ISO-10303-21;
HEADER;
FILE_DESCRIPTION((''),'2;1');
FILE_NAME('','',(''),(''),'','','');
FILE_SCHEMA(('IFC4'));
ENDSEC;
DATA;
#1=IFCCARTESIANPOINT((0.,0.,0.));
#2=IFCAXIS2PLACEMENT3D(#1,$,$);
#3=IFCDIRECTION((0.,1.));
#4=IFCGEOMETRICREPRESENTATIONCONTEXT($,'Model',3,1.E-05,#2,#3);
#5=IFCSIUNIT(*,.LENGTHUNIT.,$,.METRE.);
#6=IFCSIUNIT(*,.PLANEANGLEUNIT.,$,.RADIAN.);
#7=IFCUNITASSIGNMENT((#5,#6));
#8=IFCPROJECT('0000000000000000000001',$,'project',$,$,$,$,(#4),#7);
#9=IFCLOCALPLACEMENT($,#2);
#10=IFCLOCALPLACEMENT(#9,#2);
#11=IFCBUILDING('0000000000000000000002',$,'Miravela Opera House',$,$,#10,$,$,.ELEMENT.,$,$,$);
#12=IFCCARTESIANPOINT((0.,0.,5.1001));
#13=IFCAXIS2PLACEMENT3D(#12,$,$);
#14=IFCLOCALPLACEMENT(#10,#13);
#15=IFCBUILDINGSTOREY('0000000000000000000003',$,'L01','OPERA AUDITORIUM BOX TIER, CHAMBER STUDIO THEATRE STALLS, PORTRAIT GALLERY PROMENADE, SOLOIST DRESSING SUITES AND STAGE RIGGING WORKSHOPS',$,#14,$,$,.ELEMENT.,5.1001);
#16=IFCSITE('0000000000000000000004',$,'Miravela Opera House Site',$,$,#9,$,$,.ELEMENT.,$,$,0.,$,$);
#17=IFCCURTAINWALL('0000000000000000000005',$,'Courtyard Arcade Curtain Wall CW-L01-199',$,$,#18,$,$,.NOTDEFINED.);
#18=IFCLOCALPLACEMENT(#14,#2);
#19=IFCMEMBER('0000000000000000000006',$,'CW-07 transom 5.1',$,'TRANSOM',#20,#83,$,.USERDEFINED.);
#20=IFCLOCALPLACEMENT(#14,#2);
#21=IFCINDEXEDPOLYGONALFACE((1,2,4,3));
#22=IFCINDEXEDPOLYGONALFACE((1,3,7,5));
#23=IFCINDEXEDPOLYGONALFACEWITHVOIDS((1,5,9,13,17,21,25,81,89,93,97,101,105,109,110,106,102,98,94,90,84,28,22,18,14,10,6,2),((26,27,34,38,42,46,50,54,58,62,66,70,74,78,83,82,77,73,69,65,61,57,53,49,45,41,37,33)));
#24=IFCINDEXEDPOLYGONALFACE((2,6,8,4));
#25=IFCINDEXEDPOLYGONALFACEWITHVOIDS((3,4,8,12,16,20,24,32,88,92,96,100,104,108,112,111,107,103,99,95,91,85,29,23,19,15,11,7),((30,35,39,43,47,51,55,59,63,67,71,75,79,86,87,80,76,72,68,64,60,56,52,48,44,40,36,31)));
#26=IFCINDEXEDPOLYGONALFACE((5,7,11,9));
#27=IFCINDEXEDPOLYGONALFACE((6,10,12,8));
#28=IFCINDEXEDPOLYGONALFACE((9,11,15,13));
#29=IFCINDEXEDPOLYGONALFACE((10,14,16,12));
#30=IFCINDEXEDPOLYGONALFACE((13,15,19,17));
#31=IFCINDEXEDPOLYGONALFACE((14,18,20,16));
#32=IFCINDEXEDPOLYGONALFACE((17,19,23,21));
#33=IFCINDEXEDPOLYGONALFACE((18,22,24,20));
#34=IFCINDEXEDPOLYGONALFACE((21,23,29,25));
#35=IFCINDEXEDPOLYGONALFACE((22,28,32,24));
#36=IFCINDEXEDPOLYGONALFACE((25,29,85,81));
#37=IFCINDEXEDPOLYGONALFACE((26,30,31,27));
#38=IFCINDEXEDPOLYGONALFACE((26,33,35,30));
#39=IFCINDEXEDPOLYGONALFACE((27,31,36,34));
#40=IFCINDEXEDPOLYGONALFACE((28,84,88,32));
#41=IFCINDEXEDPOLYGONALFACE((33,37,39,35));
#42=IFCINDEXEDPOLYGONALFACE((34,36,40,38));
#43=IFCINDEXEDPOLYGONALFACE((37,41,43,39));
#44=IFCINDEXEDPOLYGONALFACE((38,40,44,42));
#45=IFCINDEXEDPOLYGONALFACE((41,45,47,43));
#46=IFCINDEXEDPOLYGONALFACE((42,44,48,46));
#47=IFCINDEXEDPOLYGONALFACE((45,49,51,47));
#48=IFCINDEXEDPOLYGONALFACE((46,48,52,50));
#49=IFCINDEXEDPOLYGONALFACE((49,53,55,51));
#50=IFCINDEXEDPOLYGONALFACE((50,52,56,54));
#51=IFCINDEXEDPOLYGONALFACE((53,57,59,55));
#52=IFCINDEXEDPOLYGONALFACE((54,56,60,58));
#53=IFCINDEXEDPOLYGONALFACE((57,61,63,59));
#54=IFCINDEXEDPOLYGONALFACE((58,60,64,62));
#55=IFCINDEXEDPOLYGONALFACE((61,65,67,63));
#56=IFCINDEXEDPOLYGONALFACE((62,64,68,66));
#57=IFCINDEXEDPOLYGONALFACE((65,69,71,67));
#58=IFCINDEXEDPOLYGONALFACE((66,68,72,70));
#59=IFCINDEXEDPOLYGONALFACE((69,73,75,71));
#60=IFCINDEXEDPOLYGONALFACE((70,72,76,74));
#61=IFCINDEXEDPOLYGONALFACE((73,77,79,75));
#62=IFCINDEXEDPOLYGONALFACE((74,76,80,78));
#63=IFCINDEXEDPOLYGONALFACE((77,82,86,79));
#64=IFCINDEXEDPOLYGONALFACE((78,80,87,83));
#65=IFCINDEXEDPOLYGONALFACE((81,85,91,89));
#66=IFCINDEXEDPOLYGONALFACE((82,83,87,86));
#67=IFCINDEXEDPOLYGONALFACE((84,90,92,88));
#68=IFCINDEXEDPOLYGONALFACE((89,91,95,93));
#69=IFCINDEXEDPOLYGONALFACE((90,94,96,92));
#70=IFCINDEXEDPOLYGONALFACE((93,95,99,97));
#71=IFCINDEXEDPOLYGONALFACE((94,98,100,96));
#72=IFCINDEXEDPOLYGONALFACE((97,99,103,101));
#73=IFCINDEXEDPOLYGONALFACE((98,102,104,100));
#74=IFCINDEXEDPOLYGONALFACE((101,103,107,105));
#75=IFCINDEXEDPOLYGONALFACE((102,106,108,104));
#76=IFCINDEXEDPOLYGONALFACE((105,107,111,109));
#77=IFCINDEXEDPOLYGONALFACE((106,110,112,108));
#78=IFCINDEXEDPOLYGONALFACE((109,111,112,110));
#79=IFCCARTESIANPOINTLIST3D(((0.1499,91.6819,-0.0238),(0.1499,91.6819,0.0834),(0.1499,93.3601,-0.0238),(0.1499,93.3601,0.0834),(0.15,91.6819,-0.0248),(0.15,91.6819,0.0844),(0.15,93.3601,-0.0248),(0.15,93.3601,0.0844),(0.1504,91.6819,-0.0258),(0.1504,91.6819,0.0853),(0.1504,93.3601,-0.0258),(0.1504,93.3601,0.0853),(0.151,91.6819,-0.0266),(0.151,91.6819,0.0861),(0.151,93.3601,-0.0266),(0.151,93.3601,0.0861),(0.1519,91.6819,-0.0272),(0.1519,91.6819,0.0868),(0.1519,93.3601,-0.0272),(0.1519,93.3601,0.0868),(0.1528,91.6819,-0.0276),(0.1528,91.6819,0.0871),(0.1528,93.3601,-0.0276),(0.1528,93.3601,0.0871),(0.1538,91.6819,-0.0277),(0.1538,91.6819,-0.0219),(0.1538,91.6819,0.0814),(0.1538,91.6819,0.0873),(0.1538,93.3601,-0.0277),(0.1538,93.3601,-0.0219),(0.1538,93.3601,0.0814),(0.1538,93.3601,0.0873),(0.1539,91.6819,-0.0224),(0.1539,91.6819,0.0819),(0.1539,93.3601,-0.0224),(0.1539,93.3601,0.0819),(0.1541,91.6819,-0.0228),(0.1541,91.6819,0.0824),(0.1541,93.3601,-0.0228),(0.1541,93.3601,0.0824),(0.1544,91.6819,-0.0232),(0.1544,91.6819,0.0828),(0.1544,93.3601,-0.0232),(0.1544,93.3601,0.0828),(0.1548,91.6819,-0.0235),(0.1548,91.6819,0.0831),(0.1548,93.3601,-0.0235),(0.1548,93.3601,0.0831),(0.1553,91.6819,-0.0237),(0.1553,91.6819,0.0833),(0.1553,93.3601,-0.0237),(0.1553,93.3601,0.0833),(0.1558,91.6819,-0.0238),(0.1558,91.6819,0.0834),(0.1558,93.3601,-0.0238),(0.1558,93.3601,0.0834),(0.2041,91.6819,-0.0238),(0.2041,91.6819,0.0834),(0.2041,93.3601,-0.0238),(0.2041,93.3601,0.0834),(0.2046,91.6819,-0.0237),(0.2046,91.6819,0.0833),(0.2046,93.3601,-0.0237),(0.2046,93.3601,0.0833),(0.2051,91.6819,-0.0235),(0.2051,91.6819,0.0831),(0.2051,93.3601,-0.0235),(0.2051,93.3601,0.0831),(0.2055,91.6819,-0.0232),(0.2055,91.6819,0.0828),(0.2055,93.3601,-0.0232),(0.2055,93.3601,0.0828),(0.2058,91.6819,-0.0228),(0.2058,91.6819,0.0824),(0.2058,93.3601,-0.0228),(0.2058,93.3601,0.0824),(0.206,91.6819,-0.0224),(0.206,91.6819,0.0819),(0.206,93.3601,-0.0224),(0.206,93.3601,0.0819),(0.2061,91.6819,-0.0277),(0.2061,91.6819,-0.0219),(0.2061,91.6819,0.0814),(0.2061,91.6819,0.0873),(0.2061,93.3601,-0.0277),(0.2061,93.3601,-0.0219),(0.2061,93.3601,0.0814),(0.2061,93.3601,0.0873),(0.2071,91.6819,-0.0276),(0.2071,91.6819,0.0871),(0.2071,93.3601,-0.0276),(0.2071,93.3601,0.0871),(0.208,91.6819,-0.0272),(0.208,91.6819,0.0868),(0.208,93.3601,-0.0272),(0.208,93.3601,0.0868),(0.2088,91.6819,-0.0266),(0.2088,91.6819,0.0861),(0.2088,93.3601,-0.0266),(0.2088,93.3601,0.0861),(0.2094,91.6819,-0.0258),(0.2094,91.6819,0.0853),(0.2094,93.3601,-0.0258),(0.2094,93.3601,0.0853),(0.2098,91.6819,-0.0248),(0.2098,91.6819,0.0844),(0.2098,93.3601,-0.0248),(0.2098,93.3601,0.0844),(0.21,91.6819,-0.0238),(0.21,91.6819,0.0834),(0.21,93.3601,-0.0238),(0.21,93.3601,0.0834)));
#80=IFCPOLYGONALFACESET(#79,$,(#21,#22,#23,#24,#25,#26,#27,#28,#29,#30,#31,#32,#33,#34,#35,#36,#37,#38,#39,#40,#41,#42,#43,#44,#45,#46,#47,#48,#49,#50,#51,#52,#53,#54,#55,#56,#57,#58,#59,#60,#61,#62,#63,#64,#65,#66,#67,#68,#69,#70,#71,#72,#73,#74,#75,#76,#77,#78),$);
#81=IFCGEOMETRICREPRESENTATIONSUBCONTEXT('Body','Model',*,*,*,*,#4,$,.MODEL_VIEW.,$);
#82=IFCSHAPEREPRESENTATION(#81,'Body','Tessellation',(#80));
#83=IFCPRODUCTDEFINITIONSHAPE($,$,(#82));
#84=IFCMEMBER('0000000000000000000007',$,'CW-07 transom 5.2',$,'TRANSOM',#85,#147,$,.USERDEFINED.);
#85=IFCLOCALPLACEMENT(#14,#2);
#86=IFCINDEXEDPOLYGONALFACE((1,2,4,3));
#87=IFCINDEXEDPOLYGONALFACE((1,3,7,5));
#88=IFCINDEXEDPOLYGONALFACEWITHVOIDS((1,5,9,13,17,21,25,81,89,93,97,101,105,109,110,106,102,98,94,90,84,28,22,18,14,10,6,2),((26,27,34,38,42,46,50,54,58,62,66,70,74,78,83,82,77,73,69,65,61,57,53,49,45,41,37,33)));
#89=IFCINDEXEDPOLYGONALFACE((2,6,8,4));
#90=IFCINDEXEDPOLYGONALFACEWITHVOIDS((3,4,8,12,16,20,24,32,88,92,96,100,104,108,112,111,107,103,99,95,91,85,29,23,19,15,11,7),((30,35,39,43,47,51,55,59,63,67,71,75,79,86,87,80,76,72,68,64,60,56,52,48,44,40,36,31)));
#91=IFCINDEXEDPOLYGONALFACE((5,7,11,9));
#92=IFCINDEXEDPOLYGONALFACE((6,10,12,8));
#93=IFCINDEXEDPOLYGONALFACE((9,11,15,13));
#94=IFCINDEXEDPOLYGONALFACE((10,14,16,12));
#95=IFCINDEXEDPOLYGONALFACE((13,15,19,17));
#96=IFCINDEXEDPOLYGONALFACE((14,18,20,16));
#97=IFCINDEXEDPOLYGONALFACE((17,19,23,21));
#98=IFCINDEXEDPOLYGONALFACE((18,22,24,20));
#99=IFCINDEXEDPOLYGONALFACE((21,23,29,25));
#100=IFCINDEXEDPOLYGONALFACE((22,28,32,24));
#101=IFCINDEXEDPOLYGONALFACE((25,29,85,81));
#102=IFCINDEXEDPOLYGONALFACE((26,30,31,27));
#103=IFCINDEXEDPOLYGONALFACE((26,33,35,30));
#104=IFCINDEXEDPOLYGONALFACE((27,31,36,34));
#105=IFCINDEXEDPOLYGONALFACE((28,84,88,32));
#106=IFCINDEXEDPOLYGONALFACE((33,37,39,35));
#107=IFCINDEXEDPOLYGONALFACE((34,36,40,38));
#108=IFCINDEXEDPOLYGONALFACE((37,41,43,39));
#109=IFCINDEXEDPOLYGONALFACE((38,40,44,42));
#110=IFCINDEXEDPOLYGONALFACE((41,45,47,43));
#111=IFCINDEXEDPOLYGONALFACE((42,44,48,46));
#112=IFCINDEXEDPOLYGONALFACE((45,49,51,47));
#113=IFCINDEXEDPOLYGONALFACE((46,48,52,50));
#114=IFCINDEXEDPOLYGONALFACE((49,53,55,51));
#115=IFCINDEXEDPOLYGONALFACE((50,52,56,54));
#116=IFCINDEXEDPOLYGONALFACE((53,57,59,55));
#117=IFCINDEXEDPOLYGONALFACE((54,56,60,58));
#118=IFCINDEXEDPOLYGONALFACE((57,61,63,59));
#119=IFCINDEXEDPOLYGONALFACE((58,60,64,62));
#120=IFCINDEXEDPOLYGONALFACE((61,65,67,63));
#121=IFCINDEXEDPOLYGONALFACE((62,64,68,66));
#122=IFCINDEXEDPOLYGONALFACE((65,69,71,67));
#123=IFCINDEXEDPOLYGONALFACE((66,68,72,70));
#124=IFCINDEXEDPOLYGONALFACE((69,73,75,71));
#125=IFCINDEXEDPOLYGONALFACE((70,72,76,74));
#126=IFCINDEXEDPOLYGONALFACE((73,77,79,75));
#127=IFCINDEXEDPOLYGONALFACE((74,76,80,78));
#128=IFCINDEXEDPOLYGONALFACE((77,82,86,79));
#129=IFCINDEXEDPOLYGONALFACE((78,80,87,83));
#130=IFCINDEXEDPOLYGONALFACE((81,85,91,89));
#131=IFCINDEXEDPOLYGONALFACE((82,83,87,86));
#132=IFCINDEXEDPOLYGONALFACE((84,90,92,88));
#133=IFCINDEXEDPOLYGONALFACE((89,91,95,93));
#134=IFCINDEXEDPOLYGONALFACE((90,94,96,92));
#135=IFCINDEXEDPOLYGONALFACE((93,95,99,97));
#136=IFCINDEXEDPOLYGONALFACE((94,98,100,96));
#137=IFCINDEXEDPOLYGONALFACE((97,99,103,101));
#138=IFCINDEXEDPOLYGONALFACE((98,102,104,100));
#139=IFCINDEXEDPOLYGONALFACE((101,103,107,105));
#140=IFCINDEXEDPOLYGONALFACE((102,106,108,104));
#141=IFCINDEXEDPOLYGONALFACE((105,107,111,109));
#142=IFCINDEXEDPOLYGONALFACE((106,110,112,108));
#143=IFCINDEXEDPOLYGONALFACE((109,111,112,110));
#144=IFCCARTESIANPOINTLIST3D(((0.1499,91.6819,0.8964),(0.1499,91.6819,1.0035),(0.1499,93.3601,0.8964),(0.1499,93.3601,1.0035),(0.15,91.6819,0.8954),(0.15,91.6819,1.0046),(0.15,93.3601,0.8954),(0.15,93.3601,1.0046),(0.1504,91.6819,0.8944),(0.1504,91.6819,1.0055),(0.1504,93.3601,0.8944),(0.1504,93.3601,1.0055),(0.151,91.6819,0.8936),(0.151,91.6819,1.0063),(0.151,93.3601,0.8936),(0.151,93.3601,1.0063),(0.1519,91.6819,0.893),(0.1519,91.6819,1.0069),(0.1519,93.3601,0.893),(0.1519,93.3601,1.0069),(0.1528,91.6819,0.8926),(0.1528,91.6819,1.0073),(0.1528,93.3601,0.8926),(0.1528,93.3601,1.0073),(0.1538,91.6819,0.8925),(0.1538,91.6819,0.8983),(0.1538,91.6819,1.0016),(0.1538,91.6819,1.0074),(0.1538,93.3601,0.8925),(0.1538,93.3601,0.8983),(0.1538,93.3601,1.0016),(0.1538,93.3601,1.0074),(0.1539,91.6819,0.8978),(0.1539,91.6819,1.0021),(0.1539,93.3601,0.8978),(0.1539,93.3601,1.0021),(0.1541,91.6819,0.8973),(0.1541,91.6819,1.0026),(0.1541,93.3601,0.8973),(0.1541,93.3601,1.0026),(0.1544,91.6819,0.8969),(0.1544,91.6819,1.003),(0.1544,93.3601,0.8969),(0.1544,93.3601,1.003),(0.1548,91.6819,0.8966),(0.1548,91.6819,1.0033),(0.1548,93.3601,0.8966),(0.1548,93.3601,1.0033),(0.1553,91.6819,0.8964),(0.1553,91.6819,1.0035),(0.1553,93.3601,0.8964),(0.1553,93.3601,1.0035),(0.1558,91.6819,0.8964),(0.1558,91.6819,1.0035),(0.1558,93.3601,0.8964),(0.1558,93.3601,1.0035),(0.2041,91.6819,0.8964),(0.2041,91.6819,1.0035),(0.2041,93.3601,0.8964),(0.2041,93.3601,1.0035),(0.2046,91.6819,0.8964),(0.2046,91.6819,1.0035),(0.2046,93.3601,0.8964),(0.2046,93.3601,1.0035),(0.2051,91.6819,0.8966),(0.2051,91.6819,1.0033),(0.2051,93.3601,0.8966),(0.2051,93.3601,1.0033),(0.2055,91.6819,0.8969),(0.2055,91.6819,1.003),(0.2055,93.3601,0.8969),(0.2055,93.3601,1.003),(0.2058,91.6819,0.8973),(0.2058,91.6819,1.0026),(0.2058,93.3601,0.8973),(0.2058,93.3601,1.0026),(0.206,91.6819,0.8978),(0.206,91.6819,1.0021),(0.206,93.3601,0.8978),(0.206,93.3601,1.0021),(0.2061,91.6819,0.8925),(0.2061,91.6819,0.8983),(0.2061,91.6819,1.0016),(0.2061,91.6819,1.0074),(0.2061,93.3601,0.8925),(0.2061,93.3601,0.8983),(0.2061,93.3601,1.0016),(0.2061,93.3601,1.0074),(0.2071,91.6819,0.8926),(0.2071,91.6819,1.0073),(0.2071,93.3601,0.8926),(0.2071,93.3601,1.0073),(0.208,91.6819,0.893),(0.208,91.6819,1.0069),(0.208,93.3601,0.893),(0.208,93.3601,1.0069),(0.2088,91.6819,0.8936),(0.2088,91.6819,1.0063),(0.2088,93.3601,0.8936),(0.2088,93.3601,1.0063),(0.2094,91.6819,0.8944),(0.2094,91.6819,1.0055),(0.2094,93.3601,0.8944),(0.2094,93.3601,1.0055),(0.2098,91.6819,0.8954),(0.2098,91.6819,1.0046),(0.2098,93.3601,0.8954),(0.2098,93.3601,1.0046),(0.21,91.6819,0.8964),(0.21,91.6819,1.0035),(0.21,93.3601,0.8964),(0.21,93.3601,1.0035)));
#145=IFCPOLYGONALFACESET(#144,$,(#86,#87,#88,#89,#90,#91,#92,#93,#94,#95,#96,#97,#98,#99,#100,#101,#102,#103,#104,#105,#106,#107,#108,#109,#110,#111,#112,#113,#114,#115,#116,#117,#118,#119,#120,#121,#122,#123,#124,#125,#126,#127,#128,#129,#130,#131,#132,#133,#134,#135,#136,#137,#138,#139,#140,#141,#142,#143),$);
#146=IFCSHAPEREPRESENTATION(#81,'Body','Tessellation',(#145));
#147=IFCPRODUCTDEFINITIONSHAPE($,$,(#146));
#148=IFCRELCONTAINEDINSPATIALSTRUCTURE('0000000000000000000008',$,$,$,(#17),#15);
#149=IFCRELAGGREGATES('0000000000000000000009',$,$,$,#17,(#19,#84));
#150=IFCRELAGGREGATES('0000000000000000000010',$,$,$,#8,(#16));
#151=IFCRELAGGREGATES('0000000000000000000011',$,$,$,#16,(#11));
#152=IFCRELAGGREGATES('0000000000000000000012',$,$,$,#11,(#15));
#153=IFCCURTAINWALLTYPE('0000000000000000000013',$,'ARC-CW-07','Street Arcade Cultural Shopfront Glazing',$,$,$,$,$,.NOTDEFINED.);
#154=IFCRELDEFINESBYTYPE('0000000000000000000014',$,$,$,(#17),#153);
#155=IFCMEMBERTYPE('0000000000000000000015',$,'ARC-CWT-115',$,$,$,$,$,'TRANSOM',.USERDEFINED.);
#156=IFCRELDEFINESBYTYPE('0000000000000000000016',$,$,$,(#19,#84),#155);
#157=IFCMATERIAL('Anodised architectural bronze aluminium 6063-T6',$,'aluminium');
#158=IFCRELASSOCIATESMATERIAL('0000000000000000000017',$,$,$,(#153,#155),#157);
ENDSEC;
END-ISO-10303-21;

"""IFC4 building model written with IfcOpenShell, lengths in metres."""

from ifc_helpers import new_model, si_unit, direction, frame, origin, origin_2d, place, context, subcontext, project, spatial, hollow_rectangle, extrude, material, material_profile, profile_set, type_object, element, aggregate, save


model = new_model("IFC4")

# Units and contexts
model_context = context("Model", 3, precision=1e-05, world=origin(), true_north=direction((0.0, 1.0)))
body_context = subcontext(model_context, "Body", "Model", "MODEL_VIEW")
ifc_project = project(units=[si_unit("LENGTHUNIT", "METRE"), si_unit("PLANEANGLEUNIT", "RADIAN")], contexts=[model_context])

# Site, building, storey
site_placement = place(None, origin())
site = spatial("IfcSite", under=ifc_project, at=site_placement, Name="Miravela Opera House Site", CompositionType="ELEMENT", RefElevation=0.0)
building_placement = place(site_placement, origin())
building = spatial("IfcBuilding", under=site, at=building_placement, Name="Miravela Opera House", CompositionType="ELEMENT")
storey_placement = place(building_placement, frame((0.0, 0.0, 5.1001)))
storey = spatial("IfcBuildingStorey", under=building, at=storey_placement, Name="L01", Description="OPERA AUDITORIUM BOX TIER, CHAMBER STUDIO THEATRE STALLS, PORTRAIT GALLERY PROMENADE, SOLOIST DRESSING SUITES AND STAGE RIGGING WORKSHOPS", CompositionType="ELEMENT", Elevation=5.1001)

# Curtain wall, members
ifc_material_1 = material(Name="Anodised architectural bronze aluminium 6063-T6", Category="aluminium")
curtain_wall_type = type_object("IfcCurtainWallType", Name="ARC-CW-07", Description="Street Arcade Cultural Shopfront Glazing", PredefinedType="NOTDEFINED", material=ifc_material_1)
curtain_wall_placement = place(storey_placement, origin())
curtain_wall = element("IfcCurtainWall", 1, at=curtain_wall_placement, inside=storey, type_object=curtain_wall_type, Name="Courtyard Arcade Curtain Wall CW-L01-199", PredefinedType="NOTDEFINED")
ifc_material_profile_1 = material_profile(ifc_material_1, hollow_rectangle(XDim=0.0601, YDim=0.115, WallThickness=0.0039, InnerFilletRadius=0.002, OuterFilletRadius=0.0039, at=origin_2d()), Name="CWT-60X115")
ifc_profile_set_1 = profile_set([ifc_material_profile_1])
member_type_1 = type_object("IfcMemberType", Name="ARC-CWT-115", ElementType="TRANSOM", PredefinedType="USERDEFINED", material=ifc_profile_set_1)
member_1_placement = place(storey_placement, frame((0.1799, 91.6819, 0.0298), z_axis=(0.0, 1.0, 0.0), x_axis=(-1.0, 0.0, 0.0)))
member_1 = element("IfcMember", 2, at=member_1_placement, type_object=member_type_1, Name="CW-07 transom 5.1", ObjectType="TRANSOM", PredefinedType="USERDEFINED", context=body_context, shape_type="SweptSolid", body=[
    extrude(hollow_rectangle(XDim=0.0601, YDim=0.115, WallThickness=0.0039, InnerFilletRadius=0.002, OuterFilletRadius=0.0039, at=origin_2d()), origin(), (0.0, 0.0, 1.0), 1.6782),
])
member_2_placement = place(storey_placement, frame((0.1799, 91.6819, 0.95), z_axis=(0.0, 1.0, 0.0), x_axis=(-1.0, 0.0, 0.0)))
member_2 = element("IfcMember", 3, at=member_2_placement, type_object=member_type_1, Name="CW-07 transom 5.2", ObjectType="TRANSOM", PredefinedType="USERDEFINED", context=body_context, shape_type="SweptSolid", body=[
    extrude(hollow_rectangle(XDim=0.0601, YDim=0.115, WallThickness=0.0039, InnerFilletRadius=0.002, OuterFilletRadius=0.0039, at=origin_2d()), origin(), (0.0, 0.0, 1.0), 1.6782),
])

aggregate(curtain_wall, [member_1, member_2])

save(model, "model.ifc")
